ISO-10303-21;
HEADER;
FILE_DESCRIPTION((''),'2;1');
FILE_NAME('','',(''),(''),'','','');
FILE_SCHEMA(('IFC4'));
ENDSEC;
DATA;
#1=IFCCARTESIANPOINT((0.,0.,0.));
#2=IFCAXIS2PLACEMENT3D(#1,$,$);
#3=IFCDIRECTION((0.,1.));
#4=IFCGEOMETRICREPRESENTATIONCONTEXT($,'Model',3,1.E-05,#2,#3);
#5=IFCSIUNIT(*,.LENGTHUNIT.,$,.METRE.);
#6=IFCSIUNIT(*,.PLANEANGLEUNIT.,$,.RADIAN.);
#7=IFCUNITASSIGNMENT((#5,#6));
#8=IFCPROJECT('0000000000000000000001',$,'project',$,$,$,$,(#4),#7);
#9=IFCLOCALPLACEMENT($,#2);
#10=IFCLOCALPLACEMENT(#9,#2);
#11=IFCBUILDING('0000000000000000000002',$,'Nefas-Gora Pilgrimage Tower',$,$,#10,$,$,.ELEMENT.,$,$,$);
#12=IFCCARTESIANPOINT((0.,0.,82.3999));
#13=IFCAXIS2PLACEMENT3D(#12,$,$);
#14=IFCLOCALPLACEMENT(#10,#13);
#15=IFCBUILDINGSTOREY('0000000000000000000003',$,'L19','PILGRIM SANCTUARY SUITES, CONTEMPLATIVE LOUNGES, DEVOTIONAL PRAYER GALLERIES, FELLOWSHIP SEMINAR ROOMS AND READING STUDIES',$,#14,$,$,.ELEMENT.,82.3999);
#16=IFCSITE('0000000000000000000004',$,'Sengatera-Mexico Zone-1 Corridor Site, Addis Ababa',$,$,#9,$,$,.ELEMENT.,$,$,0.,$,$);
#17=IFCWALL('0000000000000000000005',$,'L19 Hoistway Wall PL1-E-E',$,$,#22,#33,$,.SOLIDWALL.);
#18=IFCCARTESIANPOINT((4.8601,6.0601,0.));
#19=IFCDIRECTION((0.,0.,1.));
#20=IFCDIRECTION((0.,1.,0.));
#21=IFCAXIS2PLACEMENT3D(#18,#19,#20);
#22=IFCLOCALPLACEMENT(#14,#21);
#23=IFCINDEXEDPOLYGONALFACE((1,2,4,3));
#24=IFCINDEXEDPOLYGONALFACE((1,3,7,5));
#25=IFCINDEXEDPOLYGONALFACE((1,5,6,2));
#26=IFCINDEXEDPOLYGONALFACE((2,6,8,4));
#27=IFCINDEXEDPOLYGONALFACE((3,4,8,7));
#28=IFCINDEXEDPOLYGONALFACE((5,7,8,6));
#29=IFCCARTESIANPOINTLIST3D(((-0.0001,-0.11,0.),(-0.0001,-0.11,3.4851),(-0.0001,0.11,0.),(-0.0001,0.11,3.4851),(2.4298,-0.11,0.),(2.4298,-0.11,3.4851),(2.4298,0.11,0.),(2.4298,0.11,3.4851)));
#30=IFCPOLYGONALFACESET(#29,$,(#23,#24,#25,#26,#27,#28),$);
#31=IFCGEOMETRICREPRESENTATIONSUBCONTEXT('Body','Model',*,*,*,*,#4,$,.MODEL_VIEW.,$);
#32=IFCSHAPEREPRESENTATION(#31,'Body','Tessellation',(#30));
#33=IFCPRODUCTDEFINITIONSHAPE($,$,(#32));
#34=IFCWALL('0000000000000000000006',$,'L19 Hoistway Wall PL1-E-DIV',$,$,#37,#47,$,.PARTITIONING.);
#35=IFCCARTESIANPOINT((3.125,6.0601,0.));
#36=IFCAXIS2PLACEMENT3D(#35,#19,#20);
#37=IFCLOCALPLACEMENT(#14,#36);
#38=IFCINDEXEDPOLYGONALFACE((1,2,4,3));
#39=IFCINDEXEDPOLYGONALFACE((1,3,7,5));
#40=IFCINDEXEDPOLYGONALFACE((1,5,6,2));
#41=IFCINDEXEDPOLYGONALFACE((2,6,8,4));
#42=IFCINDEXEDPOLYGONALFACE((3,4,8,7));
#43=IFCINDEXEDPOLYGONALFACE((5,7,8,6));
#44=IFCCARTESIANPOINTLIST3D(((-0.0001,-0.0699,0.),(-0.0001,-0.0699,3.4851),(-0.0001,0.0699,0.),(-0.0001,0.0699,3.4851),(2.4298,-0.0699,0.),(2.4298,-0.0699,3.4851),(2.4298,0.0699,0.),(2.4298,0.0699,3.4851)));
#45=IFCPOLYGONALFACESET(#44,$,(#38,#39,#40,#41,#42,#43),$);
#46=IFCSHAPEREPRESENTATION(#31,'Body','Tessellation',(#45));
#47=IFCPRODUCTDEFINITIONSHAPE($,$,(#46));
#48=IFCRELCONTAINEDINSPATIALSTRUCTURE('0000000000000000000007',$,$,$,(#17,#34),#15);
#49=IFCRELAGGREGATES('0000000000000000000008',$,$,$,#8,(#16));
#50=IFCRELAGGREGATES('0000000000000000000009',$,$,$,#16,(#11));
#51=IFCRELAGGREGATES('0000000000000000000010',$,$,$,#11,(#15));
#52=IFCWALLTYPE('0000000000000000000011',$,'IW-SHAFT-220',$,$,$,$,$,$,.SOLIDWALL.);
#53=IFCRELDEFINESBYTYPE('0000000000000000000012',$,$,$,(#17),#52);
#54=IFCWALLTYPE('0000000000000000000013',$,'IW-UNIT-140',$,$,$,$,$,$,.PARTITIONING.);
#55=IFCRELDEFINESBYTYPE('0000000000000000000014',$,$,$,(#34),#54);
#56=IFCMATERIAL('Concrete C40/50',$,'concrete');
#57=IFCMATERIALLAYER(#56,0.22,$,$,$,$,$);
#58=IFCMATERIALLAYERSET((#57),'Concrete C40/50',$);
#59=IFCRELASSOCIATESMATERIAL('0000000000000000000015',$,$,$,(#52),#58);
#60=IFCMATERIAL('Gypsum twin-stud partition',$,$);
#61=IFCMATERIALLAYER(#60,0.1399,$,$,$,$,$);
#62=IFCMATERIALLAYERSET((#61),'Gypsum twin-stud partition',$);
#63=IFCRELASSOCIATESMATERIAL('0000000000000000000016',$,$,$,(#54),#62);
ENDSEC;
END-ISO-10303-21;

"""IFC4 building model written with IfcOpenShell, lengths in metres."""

from ifc_helpers import new_model, si_unit, direction, frame, frame_2d, origin, place, context, subcontext, project, spatial, rectangle, extrude, source, transform, mapped, material, layer, layer_set, type_object, element, save


model = new_model("IFC4")

# Units and contexts
model_context = context("Model", 3, precision=1e-05, world=origin(), true_north=direction((0.0, 1.0)))
body_context = subcontext(model_context, "Body", "Model", "MODEL_VIEW")
ifc_project = project(units=[si_unit("LENGTHUNIT", "METRE"), si_unit("PLANEANGLEUNIT", "RADIAN")], contexts=[model_context])

# Site, building, storey
site_placement = place(None, origin())
site = spatial("IfcSite", under=ifc_project, at=site_placement, Name="Sengatera-Mexico Zone-1 Corridor Site, Addis Ababa", CompositionType="ELEMENT", RefElevation=0.0)
building_placement = place(site_placement, origin())
building = spatial("IfcBuilding", under=site, at=building_placement, Name="Nefas-Gora Pilgrimage Tower", CompositionType="ELEMENT")
storey_placement = place(building_placement, frame((0.0, 0.0, 82.3999)))
storey = spatial("IfcBuildingStorey", under=building, at=storey_placement, Name="L19", Description="PILGRIM SANCTUARY SUITES, CONTEMPLATIVE LOUNGES, DEVOTIONAL PRAYER GALLERIES, FELLOWSHIP SEMINAR ROOMS AND READING STUDIES", CompositionType="ELEMENT", Elevation=82.3999)

# Shared definitions
ifc_material_1 = material(Name="Concrete C40/50", Category="concrete")
ifc_layer_1 = layer(ifc_material_1, 0.22)
ifc_layer_set_1 = layer_set([ifc_layer_1], Name="Concrete C40/50")
wall_type_1 = type_object("IfcWallType", Name="IW-SHAFT-220", PredefinedType="SOLIDWALL", material=ifc_layer_set_1)

# Walls
shared_shape_1 = source(origin(), body_context, "Body", "SweptSolid", [
    extrude(rectangle(XDim=2.4299, YDim=0.22, at=frame_2d((1.2148, 0.0))), origin(), (0.0, 0.0, 1.0), 3.4851),
])
wall_1_placement = place(storey_placement, frame((4.8601, 6.0601, 0.0), z_axis=(0.0, 0.0, 1.0), x_axis=(0.0, 1.0, 0.0)))
element("IfcWall", 1, at=wall_1_placement, inside=storey, type_object=wall_type_1, Name="L19 Hoistway Wall PL1-E-E", PredefinedType="SOLIDWALL", context=body_context, shape_type="MappedRepresentation", body=[
    mapped(shared_shape_1, transform((0.0, 0.0, 0.0), x_axis=(1.0, 0.0, 0.0), y_axis=(0.0, 1.0, 0.0), z_axis=(0.0, 0.0, 1.0), scale=1.0)),
])
ifc_material_2 = material(Name="Gypsum twin-stud partition")
ifc_layer_2 = layer(ifc_material_2, 0.1399)
ifc_layer_set_2 = layer_set([ifc_layer_2], Name="Gypsum twin-stud partition")
wall_type_2 = type_object("IfcWallType", Name="IW-UNIT-140", PredefinedType="PARTITIONING", material=ifc_layer_set_2)
shared_shape_2 = source(origin(), body_context, "Body", "SweptSolid", [
    extrude(rectangle(XDim=2.4299, YDim=0.1399, at=frame_2d((1.2148, 0.0))), origin(), (0.0, 0.0, 1.0), 3.4851),
])
wall_2_placement = place(storey_placement, frame((3.125, 6.0601, 0.0), z_axis=(0.0, 0.0, 1.0), x_axis=(0.0, 1.0, 0.0)))
element("IfcWall", 2, at=wall_2_placement, inside=storey, type_object=wall_type_2, Name="L19 Hoistway Wall PL1-E-DIV", PredefinedType="PARTITIONING", context=body_context, shape_type="MappedRepresentation", body=[
    mapped(shared_shape_2, transform((0.0, 0.0, 0.0), x_axis=(1.0, 0.0, 0.0), y_axis=(0.0, 1.0, 0.0), z_axis=(0.0, 0.0, 1.0), scale=1.0)),
])

save(model, "model.ifc")
